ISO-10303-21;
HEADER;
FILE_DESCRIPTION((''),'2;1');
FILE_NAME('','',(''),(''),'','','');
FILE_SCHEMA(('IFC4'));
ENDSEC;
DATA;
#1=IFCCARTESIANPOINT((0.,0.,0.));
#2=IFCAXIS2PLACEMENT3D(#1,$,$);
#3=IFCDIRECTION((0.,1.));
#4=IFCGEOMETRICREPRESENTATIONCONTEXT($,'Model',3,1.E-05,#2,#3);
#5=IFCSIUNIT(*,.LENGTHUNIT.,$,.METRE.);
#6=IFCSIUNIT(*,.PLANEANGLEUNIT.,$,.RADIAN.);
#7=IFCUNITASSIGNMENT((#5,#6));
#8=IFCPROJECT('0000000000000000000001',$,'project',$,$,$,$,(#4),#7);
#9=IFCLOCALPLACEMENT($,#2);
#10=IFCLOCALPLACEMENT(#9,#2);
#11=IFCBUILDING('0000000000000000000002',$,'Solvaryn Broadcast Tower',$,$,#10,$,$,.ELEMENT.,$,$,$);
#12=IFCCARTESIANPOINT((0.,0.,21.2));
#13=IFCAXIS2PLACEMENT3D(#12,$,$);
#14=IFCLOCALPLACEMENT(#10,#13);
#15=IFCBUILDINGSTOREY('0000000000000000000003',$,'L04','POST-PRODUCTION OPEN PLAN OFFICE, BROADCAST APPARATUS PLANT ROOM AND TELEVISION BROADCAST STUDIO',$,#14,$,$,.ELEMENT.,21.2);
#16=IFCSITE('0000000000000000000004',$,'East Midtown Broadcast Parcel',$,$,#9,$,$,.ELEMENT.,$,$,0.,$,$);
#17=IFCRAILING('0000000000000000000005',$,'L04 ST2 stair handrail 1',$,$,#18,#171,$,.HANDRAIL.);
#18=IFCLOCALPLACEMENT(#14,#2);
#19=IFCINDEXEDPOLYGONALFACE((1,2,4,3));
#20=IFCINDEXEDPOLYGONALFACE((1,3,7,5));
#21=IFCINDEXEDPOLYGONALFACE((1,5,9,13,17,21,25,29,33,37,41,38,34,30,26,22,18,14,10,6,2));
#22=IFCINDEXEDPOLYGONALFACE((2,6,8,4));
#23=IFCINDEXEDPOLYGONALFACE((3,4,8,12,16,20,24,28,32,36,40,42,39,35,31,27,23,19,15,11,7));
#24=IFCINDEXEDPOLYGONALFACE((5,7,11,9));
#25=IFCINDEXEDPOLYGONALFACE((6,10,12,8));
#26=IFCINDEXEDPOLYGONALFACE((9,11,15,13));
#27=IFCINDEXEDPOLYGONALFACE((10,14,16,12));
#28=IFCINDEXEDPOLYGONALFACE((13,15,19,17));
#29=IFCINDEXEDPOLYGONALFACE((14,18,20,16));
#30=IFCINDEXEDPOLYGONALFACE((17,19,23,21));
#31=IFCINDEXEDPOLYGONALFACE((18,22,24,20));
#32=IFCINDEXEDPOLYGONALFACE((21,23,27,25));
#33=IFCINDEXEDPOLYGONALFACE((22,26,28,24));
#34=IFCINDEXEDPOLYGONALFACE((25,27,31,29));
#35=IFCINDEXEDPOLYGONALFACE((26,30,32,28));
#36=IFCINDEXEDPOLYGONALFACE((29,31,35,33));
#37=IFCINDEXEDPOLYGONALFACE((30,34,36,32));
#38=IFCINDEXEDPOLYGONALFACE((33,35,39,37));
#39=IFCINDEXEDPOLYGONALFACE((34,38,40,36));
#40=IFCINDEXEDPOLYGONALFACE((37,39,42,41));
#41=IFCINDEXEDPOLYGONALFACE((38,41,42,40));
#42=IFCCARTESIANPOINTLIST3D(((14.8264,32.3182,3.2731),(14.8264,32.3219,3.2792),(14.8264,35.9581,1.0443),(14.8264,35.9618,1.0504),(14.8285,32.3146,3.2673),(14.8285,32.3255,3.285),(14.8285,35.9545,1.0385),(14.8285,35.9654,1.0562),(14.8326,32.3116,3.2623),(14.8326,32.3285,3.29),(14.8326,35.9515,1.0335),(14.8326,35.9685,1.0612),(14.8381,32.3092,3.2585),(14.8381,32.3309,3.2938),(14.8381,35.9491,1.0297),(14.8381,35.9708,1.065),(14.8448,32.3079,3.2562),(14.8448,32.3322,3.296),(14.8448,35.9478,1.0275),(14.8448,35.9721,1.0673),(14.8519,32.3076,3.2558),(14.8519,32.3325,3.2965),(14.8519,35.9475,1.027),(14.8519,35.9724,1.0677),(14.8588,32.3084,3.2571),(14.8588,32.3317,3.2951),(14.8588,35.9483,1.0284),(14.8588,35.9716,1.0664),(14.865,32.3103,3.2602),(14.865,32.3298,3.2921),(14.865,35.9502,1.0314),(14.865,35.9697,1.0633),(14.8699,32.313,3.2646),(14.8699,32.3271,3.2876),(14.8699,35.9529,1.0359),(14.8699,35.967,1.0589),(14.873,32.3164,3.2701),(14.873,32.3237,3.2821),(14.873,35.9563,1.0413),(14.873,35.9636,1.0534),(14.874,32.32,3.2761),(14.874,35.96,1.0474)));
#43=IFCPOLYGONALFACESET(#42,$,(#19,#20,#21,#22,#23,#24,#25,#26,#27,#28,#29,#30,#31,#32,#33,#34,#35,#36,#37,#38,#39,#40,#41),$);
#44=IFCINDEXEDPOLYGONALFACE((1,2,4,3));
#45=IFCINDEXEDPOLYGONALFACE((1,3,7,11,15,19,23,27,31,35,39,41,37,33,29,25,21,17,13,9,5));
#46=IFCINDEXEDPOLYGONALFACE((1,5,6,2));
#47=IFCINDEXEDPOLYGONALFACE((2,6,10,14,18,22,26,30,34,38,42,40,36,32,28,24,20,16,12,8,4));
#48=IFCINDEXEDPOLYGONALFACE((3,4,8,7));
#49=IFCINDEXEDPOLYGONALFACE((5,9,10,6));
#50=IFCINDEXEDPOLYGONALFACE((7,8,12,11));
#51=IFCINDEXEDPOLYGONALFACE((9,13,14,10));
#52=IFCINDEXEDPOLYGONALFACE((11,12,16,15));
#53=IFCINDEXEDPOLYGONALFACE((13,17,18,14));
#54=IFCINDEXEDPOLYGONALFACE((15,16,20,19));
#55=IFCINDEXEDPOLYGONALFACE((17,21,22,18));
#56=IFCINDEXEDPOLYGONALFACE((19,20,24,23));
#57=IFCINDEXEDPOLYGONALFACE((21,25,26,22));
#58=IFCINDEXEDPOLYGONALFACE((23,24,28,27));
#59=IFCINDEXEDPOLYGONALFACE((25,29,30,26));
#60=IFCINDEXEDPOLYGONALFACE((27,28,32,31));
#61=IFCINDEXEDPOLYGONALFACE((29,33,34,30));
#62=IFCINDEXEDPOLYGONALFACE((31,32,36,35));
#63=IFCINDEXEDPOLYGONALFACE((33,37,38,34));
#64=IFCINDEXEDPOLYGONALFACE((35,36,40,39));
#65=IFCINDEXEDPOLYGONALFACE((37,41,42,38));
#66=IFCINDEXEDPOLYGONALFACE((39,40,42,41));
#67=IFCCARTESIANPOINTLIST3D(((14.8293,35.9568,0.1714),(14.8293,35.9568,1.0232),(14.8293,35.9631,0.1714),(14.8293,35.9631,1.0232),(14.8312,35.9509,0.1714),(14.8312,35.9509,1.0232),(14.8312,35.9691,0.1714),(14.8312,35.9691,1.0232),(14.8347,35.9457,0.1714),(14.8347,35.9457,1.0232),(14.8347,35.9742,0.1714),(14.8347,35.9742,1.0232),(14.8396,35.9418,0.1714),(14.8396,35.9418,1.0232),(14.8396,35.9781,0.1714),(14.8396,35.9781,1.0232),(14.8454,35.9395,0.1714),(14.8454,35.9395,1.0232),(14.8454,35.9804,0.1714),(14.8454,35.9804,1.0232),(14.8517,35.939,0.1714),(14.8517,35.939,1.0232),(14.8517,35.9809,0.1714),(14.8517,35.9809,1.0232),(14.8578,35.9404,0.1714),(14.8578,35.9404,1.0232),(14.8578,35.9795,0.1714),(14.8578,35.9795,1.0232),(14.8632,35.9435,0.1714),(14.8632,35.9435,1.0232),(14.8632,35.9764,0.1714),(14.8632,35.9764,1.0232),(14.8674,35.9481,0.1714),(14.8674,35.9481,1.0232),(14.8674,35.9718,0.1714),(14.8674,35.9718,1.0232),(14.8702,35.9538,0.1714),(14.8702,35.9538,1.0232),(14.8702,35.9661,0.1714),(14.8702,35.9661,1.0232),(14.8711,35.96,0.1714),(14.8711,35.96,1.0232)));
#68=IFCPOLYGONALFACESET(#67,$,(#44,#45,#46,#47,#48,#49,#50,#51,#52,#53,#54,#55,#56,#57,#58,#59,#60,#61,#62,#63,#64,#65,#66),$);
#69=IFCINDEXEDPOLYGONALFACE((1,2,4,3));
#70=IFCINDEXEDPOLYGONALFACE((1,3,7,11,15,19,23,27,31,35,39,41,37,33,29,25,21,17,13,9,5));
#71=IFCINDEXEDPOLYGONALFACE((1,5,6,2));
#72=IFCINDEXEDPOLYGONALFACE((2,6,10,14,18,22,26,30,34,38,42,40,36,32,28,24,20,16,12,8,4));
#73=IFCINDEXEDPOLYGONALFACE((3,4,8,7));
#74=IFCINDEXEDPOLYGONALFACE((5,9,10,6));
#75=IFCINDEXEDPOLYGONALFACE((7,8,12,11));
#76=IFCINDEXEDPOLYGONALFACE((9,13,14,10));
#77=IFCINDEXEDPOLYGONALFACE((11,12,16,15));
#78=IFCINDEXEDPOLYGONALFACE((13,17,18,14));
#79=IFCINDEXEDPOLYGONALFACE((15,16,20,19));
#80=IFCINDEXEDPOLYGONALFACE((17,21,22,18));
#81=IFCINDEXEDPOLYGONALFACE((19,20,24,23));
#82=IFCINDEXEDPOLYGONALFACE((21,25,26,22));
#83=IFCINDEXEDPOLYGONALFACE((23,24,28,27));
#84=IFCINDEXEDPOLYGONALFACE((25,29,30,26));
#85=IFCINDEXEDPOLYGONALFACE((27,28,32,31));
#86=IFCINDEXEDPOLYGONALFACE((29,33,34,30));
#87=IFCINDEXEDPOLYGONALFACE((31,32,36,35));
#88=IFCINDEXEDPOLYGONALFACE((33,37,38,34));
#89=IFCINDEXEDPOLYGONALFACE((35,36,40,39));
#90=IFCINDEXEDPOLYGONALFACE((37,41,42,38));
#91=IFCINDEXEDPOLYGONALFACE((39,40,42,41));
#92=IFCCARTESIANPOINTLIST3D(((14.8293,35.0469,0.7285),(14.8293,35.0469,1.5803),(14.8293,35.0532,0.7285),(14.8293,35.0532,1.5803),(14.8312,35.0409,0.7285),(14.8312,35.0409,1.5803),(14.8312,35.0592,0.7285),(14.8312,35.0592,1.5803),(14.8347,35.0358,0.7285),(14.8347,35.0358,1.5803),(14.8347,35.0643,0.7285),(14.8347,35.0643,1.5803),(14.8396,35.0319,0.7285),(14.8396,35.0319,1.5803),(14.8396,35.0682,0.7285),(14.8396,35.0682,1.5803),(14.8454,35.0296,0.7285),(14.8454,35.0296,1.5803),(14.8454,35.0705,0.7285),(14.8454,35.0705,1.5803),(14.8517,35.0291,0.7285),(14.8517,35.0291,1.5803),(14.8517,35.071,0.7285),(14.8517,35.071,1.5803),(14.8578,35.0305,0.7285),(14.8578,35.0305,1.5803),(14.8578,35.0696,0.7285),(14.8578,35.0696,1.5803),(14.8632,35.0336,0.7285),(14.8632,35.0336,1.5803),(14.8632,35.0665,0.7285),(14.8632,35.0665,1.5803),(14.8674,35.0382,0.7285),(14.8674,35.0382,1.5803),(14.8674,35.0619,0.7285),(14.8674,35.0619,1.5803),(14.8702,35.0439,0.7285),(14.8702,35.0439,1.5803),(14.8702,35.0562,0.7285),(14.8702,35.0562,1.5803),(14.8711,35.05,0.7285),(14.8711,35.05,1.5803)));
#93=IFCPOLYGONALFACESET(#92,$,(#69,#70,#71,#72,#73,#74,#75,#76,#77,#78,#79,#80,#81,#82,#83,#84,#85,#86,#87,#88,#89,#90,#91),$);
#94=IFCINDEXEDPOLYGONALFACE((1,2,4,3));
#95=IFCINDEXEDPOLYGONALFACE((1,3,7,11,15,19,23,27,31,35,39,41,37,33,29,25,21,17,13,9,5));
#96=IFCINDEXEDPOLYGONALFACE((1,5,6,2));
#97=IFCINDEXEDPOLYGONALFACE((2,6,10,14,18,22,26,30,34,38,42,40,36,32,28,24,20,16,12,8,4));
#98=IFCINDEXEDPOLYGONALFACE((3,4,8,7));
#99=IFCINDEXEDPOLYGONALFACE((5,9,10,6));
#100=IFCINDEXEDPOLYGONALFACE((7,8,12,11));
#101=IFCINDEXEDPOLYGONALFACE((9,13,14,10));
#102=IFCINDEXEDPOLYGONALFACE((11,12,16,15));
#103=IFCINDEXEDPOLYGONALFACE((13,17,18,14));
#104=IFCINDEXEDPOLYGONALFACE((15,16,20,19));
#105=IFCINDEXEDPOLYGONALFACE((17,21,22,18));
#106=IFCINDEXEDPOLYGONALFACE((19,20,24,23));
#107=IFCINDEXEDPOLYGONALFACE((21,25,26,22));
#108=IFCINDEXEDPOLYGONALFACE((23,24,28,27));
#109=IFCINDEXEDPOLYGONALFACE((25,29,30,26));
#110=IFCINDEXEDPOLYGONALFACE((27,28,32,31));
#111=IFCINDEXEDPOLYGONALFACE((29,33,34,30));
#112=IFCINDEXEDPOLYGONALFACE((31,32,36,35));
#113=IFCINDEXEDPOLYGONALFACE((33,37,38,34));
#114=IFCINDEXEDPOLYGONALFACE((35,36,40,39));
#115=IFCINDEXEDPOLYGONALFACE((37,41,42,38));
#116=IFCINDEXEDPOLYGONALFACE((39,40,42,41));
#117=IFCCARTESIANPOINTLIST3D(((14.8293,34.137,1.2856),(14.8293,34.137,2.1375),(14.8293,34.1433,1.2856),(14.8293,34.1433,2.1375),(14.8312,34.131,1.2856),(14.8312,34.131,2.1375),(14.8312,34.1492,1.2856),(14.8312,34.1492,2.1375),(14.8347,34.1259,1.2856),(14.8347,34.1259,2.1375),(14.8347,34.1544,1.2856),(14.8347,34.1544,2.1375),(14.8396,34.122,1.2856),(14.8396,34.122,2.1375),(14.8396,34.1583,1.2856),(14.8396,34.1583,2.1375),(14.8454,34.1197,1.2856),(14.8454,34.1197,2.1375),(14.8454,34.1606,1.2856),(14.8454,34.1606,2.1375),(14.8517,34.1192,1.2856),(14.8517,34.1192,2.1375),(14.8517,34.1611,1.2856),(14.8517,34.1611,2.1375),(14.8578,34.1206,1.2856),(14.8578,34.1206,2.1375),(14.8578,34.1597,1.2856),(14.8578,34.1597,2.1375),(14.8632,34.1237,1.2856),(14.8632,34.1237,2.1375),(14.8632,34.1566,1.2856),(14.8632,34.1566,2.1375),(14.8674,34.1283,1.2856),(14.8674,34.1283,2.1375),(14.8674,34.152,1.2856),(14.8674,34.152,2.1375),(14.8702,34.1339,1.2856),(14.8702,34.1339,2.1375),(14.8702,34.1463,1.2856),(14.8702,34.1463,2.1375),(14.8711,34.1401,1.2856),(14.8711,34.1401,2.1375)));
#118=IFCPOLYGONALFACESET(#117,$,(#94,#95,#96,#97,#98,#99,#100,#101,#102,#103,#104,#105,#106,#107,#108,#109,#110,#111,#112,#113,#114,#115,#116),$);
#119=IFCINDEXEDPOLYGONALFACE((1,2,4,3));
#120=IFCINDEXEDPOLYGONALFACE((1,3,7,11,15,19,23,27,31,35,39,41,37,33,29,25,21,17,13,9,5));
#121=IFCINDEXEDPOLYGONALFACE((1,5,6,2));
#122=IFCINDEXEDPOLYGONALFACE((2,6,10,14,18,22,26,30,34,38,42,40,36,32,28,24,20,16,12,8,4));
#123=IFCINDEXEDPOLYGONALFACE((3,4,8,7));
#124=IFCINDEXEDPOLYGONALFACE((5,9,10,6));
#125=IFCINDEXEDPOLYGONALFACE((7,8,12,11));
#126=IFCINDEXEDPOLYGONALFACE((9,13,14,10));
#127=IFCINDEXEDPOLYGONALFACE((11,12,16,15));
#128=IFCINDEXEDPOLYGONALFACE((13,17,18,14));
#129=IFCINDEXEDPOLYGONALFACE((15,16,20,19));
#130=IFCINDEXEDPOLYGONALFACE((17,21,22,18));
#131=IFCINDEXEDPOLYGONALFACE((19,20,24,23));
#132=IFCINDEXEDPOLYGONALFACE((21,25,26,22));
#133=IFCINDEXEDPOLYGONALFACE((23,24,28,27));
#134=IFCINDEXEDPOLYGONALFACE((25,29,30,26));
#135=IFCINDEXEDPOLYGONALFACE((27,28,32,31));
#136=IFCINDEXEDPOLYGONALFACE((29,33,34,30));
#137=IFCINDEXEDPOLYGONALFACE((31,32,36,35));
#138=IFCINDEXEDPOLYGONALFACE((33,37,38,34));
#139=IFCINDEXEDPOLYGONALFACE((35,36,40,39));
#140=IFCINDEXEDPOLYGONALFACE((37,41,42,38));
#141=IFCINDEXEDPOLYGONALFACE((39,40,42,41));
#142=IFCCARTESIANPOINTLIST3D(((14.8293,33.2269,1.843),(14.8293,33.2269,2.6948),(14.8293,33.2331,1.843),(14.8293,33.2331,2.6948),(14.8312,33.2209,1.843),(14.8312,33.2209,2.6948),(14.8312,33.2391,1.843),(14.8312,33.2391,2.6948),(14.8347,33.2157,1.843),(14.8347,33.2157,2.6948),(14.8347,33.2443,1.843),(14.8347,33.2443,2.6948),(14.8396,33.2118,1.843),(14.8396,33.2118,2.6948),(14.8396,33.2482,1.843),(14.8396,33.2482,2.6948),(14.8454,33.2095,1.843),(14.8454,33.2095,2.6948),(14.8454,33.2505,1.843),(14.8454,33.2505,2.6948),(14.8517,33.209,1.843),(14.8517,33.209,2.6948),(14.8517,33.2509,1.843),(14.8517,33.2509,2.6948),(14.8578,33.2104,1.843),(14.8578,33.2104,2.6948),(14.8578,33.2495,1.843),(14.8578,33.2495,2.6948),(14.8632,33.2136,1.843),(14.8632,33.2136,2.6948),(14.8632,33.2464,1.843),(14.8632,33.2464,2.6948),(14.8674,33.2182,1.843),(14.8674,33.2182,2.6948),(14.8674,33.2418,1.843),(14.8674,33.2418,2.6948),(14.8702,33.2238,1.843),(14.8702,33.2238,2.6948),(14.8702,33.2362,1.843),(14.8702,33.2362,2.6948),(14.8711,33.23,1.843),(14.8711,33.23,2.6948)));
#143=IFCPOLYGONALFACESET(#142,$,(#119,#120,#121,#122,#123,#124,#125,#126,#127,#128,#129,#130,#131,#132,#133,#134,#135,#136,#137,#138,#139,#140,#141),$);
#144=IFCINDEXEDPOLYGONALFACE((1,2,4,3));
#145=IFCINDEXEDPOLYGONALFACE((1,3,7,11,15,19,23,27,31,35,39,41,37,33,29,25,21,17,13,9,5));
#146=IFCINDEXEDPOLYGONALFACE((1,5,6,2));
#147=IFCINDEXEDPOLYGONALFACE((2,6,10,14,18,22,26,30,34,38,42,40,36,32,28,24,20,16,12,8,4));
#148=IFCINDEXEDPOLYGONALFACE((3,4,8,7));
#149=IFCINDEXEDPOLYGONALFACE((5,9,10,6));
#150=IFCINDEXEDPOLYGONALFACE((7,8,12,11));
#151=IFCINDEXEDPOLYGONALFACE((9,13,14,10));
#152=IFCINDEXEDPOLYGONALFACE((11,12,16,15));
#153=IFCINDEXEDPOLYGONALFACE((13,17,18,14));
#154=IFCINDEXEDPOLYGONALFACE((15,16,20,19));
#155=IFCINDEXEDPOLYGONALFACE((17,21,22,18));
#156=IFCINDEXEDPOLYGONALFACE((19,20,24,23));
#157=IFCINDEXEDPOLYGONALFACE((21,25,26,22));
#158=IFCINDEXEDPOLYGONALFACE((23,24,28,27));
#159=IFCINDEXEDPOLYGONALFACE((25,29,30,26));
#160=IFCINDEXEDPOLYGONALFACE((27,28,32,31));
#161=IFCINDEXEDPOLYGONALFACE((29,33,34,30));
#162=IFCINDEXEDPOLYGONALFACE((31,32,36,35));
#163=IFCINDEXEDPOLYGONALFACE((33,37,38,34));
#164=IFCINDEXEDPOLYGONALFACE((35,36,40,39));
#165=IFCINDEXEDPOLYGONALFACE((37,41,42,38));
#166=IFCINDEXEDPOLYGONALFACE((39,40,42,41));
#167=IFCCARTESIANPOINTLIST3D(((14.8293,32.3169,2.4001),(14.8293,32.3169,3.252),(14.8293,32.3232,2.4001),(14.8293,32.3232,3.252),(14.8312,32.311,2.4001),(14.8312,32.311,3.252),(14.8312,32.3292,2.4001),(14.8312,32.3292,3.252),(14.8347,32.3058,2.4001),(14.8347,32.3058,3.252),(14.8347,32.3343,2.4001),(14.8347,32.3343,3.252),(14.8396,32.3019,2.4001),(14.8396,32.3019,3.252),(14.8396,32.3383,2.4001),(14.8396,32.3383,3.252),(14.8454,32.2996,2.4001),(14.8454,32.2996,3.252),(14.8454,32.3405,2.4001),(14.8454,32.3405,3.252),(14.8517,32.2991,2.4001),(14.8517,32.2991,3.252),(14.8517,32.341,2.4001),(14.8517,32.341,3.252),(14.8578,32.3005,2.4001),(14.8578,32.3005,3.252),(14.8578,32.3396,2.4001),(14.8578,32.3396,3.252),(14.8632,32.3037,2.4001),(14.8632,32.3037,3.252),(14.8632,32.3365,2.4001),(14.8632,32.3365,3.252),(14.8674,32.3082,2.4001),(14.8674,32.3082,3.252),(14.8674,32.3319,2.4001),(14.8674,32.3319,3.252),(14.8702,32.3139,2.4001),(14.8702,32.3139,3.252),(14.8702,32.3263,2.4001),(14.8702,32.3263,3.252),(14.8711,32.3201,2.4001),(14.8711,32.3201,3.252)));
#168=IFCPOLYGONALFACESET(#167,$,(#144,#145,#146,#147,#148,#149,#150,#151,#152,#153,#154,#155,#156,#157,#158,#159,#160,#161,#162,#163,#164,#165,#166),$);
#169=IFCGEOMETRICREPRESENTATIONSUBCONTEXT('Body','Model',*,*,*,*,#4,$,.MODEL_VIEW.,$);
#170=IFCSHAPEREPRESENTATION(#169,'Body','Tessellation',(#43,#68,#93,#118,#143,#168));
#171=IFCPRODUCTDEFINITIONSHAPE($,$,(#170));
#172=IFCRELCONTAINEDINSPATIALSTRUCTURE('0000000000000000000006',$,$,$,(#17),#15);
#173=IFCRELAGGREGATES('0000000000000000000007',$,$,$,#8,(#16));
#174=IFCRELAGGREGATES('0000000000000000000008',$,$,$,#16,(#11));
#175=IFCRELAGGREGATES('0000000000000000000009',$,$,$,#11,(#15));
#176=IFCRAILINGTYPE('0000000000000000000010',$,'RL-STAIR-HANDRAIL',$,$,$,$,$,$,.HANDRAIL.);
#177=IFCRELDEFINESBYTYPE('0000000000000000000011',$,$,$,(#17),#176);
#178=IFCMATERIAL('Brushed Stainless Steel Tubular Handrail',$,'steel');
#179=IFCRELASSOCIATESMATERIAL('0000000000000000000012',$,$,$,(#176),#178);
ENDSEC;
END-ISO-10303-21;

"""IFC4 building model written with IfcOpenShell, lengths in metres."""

from ifc_helpers import new_model, si_unit, direction, frame, origin, origin_2d, place, context, subcontext, project, spatial, circle, extrude, material, type_object, element, save


model = new_model("IFC4")

# Units and contexts
model_context = context("Model", 3, precision=1e-05, world=origin(), true_north=direction((0.0, 1.0)))
body_context = subcontext(model_context, "Body", "Model", "MODEL_VIEW")
ifc_project = project(units=[si_unit("LENGTHUNIT", "METRE"), si_unit("PLANEANGLEUNIT", "RADIAN")], contexts=[model_context])

# Site, building, storey
site_placement = place(None, origin())
site = spatial("IfcSite", under=ifc_project, at=site_placement, Name="East Midtown Broadcast Parcel", CompositionType="ELEMENT", RefElevation=0.0)
building_placement = place(site_placement, origin())
building = spatial("IfcBuilding", under=site, at=building_placement, Name="Solvaryn Broadcast Tower", CompositionType="ELEMENT")
storey_placement = place(building_placement, frame((0.0, 0.0, 21.2)))
storey = spatial("IfcBuildingStorey", under=building, at=storey_placement, Name="L04", Description="POST-PRODUCTION OPEN PLAN OFFICE, BROADCAST APPARATUS PLANT ROOM AND TELEVISION BROADCAST STUDIO", CompositionType="ELEMENT", Elevation=21.2)

# Railing
ifc_material_1 = material(Name="Brushed Stainless Steel Tubular Handrail", Category="steel")
railing_type_1 = type_object("IfcRailingType", Name="RL-STAIR-HANDRAIL", PredefinedType="HANDRAIL", material=ifc_material_1)
railing_1_placement = place(storey_placement, frame((14.8501, 35.96, 0.1714)))
element("IfcRailing", 1, at=railing_1_placement, inside=storey, type_object=railing_type_1, Name="L04 ST2 stair handrail 1", PredefinedType="HANDRAIL", context=body_context, shape_type="SweptSolid", body=[
    extrude(circle(Radius=0.0239, at=origin_2d()), frame((0.0, 0.0, 0.876), z_axis=(0.0, -0.852825, 0.522197), x_axis=(1.0, 0.0, 0.0)), (0.0, 0.0, 1.0), 4.2681),
    extrude(circle(Radius=0.021, at=origin_2d()), origin(), (0.0, 0.0, 1.0), 0.8518),
    extrude(circle(Radius=0.021, at=origin_2d()), frame((0.0, -0.9099, 0.5571)), (0.0, 0.0, 1.0), 0.8518),
    extrude(circle(Radius=0.021, at=origin_2d()), frame((0.0, -1.8198, 1.1143)), (0.0, 0.0, 1.0), 0.8518),
    extrude(circle(Radius=0.021, at=origin_2d()), frame((0.0, -2.73, 1.6716)), (0.0, 0.0, 1.0), 0.8518),
    extrude(circle(Radius=0.021, at=origin_2d()), frame((0.0, -3.6399, 2.2288)), (0.0, 0.0, 1.0), 0.8518),
])

save(model, "model.ifc")
